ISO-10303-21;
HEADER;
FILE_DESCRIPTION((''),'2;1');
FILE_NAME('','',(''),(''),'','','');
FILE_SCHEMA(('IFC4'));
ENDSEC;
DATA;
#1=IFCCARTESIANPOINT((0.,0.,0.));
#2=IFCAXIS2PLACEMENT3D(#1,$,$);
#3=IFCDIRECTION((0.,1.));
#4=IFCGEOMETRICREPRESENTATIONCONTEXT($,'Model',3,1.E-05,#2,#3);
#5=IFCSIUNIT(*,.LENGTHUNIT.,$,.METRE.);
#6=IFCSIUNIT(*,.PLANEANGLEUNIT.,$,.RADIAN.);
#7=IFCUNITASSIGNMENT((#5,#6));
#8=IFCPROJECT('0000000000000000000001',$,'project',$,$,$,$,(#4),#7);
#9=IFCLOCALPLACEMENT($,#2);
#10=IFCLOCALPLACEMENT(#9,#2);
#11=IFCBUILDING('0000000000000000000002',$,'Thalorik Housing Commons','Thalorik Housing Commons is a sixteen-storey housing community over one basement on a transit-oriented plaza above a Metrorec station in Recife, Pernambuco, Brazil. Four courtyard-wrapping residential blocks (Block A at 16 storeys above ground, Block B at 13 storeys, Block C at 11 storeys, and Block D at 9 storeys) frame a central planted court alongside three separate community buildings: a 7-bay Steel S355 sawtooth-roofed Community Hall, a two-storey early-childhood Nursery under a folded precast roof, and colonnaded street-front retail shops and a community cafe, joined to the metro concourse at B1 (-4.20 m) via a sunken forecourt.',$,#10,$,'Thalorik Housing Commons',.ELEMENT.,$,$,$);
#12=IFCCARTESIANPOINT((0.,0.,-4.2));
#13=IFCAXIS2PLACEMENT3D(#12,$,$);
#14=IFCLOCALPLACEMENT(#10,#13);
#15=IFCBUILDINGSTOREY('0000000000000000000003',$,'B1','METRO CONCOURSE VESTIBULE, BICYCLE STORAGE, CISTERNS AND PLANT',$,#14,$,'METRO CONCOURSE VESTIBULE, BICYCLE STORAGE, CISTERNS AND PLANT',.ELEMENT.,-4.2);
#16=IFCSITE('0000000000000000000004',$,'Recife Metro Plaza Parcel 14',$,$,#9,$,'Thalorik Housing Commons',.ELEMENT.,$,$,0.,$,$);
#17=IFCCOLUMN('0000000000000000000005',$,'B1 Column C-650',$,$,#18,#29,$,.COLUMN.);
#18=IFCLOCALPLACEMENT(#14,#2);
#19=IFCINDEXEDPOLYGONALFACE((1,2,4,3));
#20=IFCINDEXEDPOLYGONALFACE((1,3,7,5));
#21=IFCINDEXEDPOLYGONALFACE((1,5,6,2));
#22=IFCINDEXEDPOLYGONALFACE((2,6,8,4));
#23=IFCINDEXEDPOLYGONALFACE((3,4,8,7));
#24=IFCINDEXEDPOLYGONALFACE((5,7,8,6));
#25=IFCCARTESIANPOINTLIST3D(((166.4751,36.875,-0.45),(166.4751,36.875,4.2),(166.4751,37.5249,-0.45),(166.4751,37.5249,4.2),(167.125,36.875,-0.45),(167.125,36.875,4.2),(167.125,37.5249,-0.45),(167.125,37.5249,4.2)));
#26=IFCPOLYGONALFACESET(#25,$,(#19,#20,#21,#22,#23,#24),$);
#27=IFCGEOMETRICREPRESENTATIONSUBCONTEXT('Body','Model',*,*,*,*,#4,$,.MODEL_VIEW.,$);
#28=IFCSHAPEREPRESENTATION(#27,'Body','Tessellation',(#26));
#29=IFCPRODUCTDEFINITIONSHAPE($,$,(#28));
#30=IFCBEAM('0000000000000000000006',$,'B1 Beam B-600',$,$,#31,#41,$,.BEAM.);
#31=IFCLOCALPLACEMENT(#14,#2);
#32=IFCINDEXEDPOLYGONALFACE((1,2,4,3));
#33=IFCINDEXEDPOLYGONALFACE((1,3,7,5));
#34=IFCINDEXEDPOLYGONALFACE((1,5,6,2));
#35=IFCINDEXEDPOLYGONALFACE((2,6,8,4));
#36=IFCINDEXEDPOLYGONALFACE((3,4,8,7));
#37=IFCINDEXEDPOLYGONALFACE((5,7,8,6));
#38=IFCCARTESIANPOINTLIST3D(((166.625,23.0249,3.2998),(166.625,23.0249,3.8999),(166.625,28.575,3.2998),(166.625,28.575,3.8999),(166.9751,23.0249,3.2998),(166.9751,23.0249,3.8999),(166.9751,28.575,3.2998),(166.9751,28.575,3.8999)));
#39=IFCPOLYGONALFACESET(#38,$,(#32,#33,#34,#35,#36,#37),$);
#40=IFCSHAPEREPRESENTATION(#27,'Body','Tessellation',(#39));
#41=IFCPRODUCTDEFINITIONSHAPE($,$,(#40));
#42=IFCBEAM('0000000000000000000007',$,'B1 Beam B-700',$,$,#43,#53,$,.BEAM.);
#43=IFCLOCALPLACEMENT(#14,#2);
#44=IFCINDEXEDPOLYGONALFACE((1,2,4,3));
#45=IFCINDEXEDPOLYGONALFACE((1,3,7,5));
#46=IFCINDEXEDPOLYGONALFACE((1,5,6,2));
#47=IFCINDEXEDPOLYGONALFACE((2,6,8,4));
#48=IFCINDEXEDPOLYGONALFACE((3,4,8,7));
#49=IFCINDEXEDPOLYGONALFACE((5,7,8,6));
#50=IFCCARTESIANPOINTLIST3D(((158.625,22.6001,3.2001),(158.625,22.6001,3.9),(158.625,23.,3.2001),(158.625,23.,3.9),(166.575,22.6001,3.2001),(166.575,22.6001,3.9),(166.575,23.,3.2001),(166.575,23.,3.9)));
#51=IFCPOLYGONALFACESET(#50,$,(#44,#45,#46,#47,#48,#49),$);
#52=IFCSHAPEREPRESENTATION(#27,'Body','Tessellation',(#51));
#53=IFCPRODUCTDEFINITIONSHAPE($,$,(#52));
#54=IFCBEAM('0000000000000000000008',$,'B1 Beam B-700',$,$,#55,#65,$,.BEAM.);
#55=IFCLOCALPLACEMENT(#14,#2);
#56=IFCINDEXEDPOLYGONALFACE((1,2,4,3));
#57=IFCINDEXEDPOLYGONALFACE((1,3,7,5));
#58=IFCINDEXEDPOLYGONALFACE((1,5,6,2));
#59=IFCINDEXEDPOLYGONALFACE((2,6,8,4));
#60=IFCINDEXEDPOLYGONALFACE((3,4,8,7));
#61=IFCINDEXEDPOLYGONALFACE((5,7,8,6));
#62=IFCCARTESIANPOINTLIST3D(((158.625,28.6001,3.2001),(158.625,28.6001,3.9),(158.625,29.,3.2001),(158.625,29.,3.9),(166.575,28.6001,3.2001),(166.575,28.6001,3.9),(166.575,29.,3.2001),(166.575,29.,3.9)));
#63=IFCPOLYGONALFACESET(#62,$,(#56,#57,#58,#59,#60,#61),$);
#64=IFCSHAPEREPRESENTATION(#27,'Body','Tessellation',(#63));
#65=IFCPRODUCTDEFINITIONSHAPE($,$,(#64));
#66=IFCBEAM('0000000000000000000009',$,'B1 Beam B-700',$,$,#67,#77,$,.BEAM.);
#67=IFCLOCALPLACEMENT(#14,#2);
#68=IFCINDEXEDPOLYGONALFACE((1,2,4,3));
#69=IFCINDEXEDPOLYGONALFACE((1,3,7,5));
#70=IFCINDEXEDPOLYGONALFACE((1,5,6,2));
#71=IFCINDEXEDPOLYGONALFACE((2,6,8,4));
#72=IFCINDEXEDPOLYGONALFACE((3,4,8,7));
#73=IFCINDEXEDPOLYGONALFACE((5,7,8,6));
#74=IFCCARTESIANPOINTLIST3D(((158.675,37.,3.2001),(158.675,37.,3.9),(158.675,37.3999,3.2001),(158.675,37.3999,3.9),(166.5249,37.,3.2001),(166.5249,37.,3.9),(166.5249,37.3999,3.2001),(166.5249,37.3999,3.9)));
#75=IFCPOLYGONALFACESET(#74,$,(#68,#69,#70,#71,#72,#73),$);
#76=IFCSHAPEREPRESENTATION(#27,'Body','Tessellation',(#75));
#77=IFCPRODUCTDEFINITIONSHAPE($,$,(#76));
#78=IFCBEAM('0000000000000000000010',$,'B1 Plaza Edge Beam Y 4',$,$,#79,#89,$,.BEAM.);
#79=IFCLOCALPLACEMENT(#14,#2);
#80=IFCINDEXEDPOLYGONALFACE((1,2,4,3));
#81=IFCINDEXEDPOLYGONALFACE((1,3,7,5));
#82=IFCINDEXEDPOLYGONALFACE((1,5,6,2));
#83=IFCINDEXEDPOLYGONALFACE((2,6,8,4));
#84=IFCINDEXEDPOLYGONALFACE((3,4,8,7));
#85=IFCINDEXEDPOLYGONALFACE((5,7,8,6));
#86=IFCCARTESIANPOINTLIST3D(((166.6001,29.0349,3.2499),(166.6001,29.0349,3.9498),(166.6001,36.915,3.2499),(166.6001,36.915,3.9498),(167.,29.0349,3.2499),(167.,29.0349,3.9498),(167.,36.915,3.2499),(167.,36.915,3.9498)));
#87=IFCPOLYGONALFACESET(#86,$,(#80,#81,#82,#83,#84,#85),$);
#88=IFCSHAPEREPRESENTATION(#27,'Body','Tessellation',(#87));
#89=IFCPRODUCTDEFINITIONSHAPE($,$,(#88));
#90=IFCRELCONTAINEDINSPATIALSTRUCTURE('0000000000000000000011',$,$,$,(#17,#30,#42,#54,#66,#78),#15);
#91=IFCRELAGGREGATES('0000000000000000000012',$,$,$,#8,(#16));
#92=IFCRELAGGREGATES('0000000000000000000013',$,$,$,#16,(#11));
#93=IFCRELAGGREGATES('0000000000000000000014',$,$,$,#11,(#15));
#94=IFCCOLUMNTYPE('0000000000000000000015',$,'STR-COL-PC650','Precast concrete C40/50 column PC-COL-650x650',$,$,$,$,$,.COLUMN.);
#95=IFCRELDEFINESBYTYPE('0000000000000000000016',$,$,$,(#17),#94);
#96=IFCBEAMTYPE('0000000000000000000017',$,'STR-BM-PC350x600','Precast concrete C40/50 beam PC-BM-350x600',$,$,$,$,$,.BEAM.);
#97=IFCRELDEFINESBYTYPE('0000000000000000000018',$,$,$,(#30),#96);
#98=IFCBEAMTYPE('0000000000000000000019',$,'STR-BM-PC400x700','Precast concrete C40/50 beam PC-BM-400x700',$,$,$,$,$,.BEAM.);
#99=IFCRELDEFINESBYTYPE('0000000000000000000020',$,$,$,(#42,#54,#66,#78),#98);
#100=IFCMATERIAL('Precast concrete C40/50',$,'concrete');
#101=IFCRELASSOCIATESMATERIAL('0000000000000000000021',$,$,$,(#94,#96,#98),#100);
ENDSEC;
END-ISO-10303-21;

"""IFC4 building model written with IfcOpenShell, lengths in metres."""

from ifc_helpers import new_model, si_unit, direction, frame, origin, origin_2d, place, context, subcontext, project, spatial, rectangle, extrude, material, material_profile, profile_set, type_object, element, save


model = new_model("IFC4")

# Units and contexts
model_context = context("Model", 3, precision=1e-05, world=origin(), true_north=direction((0.0, 1.0)))
body_context = subcontext(model_context, "Body", "Model", "MODEL_VIEW")
ifc_project = project(units=[si_unit("LENGTHUNIT", "METRE"), si_unit("PLANEANGLEUNIT", "RADIAN")], contexts=[model_context])

# Site, building, storey
site_placement = place(None, origin())
site = spatial("IfcSite", under=ifc_project, at=site_placement, Name="Recife Metro Plaza Parcel 14", LongName="Thalorik Housing Commons", CompositionType="ELEMENT", RefElevation=0.0)
building_placement = place(site_placement, origin())
building = spatial("IfcBuilding", under=site, at=building_placement, Name="Thalorik Housing Commons", Description="Thalorik Housing Commons is a sixteen-storey housing community over one basement on a transit-oriented plaza above a Metrorec station in Recife, Pernambuco, Brazil. Four courtyard-wrapping residential blocks (Block A at 16 storeys above ground, Block B at 13 storeys, Block C at 11 storeys, and Block D at 9 storeys) frame a central planted court alongside three separate community buildings: a 7-bay Steel S355 sawtooth-roofed Community Hall, a two-storey early-childhood Nursery under a folded precast roof, and colonnaded street-front retail shops and a community cafe, joined to the metro concourse at B1 (-4.20 m) via a sunken forecourt.", LongName="Thalorik Housing Commons", CompositionType="ELEMENT")
storey_placement = place(building_placement, frame((0.0, 0.0, -4.2)))
storey = spatial("IfcBuildingStorey", under=building, at=storey_placement, Name="B1", Description="METRO CONCOURSE VESTIBULE, BICYCLE STORAGE, CISTERNS AND PLANT", LongName="METRO CONCOURSE VESTIBULE, BICYCLE STORAGE, CISTERNS AND PLANT", CompositionType="ELEMENT", Elevation=-4.2)

# Column
ifc_material_1 = material(Name="Precast concrete C40/50", Category="concrete")
ifc_material_profile_1 = material_profile(ifc_material_1, rectangle(XDim=0.6499, YDim=0.6499, at=origin_2d()), Name="PC 650x650", Category="concrete")
ifc_profile_set_1 = profile_set([ifc_material_profile_1], Name="Precast concrete C40/50")
column_type_1 = type_object("IfcColumnType", Name="STR-COL-PC650", Description="Precast concrete C40/50 column PC-COL-650x650", PredefinedType="COLUMN", material=ifc_profile_set_1)
for number, where, z_axis, x_axis, name in (
    (1, (166.8, 37.2, -0.45), (0.0, 0.0, 1.0), (1.0, 0.0, 0.0), "B1 Column C-650"),
):
    element("IfcColumn", number, at=place(storey_placement, frame(where, z_axis=z_axis, x_axis=x_axis)), inside=storey, type_object=column_type_1, Name=name, PredefinedType="COLUMN", context=body_context, shape_type="SweptSolid", body=[
        extrude(rectangle(XDim=0.6499, YDim=0.6499, at=origin_2d()), origin(), (0.0, 0.0, 1.0), 4.6499),
    ])

# Beams
ifc_material_profile_2 = material_profile(ifc_material_1, rectangle(XDim=0.3501, YDim=0.6001, at=origin_2d()), Name="PC 350x600", Category="concrete")
ifc_profile_set_2 = profile_set([ifc_material_profile_2], Name="Precast concrete C40/50")
beam_type_1 = type_object("IfcBeamType", Name="STR-BM-PC350x600", Description="Precast concrete C40/50 beam PC-BM-350x600", PredefinedType="BEAM", material=ifc_profile_set_2)
beam_1_placement = place(storey_placement, frame((166.8, 23.0249, 3.5999), z_axis=(0.0, 1.0, 0.0), x_axis=(-1.0, 0.0, 0.0)))
element("IfcBeam", 2, at=beam_1_placement, inside=storey, type_object=beam_type_1, Name="B1 Beam B-600", PredefinedType="BEAM", context=body_context, shape_type="SweptSolid", body=[
    extrude(rectangle(XDim=0.3501, YDim=0.6001, at=origin_2d()), origin(), (0.0, 0.0, 1.0), 5.55),
])
ifc_material_profile_3 = material_profile(ifc_material_1, rectangle(XDim=0.3999, YDim=0.7, at=origin_2d()), Name="PC 400x700", Category="concrete")
ifc_profile_set_3 = profile_set([ifc_material_profile_3], Name="Precast concrete C40/50")
beam_type_2 = type_object("IfcBeamType", Name="STR-BM-PC400x700", Description="Precast concrete C40/50 beam PC-BM-400x700", PredefinedType="BEAM", material=ifc_profile_set_3)
for number, where, z_axis, x_axis, name in (
    (3, (158.625, 22.8, 3.55), (1.0, 0.0, 0.0), (0.0, 1.0, 0.0), "B1 Beam B-700"),
    (4, (158.625, 28.8, 3.55), (1.0, 0.0, 0.0), (0.0, 1.0, 0.0), "B1 Beam B-700"),
):
    element("IfcBeam", number, at=place(storey_placement, frame(where, z_axis=z_axis, x_axis=x_axis)), inside=storey, type_object=beam_type_2, Name=name, PredefinedType="BEAM", context=body_context, shape_type="SweptSolid", body=[
        extrude(rectangle(XDim=0.3999, YDim=0.7, at=origin_2d()), origin(), (0.0, 0.0, 1.0), 7.95),
    ])
beam_2_placement = place(storey_placement, frame((158.675, 37.2, 3.55), z_axis=(1.0, 0.0, 0.0), x_axis=(0.0, 1.0, 0.0)))
element("IfcBeam", 5, at=beam_2_placement, inside=storey, type_object=beam_type_2, Name="B1 Beam B-700", PredefinedType="BEAM", context=body_context, shape_type="SweptSolid", body=[
    extrude(rectangle(XDim=0.3999, YDim=0.7, at=origin_2d()), origin(), (0.0, 0.0, 1.0), 7.8499),
])
beam_3_placement = place(storey_placement, frame((166.8, 29.0349, 3.5999), z_axis=(0.0, 1.0, 0.0), x_axis=(-1.0, 0.0, 0.0)))
element("IfcBeam", 6, at=beam_3_placement, inside=storey, type_object=beam_type_2, Name="B1 Plaza Edge Beam Y 4", PredefinedType="BEAM", context=body_context, shape_type="SweptSolid", body=[
    extrude(rectangle(XDim=0.3999, YDim=0.7, at=origin_2d()), origin(), (0.0, 0.0, 1.0), 7.8801),
])

save(model, "model.ifc")
